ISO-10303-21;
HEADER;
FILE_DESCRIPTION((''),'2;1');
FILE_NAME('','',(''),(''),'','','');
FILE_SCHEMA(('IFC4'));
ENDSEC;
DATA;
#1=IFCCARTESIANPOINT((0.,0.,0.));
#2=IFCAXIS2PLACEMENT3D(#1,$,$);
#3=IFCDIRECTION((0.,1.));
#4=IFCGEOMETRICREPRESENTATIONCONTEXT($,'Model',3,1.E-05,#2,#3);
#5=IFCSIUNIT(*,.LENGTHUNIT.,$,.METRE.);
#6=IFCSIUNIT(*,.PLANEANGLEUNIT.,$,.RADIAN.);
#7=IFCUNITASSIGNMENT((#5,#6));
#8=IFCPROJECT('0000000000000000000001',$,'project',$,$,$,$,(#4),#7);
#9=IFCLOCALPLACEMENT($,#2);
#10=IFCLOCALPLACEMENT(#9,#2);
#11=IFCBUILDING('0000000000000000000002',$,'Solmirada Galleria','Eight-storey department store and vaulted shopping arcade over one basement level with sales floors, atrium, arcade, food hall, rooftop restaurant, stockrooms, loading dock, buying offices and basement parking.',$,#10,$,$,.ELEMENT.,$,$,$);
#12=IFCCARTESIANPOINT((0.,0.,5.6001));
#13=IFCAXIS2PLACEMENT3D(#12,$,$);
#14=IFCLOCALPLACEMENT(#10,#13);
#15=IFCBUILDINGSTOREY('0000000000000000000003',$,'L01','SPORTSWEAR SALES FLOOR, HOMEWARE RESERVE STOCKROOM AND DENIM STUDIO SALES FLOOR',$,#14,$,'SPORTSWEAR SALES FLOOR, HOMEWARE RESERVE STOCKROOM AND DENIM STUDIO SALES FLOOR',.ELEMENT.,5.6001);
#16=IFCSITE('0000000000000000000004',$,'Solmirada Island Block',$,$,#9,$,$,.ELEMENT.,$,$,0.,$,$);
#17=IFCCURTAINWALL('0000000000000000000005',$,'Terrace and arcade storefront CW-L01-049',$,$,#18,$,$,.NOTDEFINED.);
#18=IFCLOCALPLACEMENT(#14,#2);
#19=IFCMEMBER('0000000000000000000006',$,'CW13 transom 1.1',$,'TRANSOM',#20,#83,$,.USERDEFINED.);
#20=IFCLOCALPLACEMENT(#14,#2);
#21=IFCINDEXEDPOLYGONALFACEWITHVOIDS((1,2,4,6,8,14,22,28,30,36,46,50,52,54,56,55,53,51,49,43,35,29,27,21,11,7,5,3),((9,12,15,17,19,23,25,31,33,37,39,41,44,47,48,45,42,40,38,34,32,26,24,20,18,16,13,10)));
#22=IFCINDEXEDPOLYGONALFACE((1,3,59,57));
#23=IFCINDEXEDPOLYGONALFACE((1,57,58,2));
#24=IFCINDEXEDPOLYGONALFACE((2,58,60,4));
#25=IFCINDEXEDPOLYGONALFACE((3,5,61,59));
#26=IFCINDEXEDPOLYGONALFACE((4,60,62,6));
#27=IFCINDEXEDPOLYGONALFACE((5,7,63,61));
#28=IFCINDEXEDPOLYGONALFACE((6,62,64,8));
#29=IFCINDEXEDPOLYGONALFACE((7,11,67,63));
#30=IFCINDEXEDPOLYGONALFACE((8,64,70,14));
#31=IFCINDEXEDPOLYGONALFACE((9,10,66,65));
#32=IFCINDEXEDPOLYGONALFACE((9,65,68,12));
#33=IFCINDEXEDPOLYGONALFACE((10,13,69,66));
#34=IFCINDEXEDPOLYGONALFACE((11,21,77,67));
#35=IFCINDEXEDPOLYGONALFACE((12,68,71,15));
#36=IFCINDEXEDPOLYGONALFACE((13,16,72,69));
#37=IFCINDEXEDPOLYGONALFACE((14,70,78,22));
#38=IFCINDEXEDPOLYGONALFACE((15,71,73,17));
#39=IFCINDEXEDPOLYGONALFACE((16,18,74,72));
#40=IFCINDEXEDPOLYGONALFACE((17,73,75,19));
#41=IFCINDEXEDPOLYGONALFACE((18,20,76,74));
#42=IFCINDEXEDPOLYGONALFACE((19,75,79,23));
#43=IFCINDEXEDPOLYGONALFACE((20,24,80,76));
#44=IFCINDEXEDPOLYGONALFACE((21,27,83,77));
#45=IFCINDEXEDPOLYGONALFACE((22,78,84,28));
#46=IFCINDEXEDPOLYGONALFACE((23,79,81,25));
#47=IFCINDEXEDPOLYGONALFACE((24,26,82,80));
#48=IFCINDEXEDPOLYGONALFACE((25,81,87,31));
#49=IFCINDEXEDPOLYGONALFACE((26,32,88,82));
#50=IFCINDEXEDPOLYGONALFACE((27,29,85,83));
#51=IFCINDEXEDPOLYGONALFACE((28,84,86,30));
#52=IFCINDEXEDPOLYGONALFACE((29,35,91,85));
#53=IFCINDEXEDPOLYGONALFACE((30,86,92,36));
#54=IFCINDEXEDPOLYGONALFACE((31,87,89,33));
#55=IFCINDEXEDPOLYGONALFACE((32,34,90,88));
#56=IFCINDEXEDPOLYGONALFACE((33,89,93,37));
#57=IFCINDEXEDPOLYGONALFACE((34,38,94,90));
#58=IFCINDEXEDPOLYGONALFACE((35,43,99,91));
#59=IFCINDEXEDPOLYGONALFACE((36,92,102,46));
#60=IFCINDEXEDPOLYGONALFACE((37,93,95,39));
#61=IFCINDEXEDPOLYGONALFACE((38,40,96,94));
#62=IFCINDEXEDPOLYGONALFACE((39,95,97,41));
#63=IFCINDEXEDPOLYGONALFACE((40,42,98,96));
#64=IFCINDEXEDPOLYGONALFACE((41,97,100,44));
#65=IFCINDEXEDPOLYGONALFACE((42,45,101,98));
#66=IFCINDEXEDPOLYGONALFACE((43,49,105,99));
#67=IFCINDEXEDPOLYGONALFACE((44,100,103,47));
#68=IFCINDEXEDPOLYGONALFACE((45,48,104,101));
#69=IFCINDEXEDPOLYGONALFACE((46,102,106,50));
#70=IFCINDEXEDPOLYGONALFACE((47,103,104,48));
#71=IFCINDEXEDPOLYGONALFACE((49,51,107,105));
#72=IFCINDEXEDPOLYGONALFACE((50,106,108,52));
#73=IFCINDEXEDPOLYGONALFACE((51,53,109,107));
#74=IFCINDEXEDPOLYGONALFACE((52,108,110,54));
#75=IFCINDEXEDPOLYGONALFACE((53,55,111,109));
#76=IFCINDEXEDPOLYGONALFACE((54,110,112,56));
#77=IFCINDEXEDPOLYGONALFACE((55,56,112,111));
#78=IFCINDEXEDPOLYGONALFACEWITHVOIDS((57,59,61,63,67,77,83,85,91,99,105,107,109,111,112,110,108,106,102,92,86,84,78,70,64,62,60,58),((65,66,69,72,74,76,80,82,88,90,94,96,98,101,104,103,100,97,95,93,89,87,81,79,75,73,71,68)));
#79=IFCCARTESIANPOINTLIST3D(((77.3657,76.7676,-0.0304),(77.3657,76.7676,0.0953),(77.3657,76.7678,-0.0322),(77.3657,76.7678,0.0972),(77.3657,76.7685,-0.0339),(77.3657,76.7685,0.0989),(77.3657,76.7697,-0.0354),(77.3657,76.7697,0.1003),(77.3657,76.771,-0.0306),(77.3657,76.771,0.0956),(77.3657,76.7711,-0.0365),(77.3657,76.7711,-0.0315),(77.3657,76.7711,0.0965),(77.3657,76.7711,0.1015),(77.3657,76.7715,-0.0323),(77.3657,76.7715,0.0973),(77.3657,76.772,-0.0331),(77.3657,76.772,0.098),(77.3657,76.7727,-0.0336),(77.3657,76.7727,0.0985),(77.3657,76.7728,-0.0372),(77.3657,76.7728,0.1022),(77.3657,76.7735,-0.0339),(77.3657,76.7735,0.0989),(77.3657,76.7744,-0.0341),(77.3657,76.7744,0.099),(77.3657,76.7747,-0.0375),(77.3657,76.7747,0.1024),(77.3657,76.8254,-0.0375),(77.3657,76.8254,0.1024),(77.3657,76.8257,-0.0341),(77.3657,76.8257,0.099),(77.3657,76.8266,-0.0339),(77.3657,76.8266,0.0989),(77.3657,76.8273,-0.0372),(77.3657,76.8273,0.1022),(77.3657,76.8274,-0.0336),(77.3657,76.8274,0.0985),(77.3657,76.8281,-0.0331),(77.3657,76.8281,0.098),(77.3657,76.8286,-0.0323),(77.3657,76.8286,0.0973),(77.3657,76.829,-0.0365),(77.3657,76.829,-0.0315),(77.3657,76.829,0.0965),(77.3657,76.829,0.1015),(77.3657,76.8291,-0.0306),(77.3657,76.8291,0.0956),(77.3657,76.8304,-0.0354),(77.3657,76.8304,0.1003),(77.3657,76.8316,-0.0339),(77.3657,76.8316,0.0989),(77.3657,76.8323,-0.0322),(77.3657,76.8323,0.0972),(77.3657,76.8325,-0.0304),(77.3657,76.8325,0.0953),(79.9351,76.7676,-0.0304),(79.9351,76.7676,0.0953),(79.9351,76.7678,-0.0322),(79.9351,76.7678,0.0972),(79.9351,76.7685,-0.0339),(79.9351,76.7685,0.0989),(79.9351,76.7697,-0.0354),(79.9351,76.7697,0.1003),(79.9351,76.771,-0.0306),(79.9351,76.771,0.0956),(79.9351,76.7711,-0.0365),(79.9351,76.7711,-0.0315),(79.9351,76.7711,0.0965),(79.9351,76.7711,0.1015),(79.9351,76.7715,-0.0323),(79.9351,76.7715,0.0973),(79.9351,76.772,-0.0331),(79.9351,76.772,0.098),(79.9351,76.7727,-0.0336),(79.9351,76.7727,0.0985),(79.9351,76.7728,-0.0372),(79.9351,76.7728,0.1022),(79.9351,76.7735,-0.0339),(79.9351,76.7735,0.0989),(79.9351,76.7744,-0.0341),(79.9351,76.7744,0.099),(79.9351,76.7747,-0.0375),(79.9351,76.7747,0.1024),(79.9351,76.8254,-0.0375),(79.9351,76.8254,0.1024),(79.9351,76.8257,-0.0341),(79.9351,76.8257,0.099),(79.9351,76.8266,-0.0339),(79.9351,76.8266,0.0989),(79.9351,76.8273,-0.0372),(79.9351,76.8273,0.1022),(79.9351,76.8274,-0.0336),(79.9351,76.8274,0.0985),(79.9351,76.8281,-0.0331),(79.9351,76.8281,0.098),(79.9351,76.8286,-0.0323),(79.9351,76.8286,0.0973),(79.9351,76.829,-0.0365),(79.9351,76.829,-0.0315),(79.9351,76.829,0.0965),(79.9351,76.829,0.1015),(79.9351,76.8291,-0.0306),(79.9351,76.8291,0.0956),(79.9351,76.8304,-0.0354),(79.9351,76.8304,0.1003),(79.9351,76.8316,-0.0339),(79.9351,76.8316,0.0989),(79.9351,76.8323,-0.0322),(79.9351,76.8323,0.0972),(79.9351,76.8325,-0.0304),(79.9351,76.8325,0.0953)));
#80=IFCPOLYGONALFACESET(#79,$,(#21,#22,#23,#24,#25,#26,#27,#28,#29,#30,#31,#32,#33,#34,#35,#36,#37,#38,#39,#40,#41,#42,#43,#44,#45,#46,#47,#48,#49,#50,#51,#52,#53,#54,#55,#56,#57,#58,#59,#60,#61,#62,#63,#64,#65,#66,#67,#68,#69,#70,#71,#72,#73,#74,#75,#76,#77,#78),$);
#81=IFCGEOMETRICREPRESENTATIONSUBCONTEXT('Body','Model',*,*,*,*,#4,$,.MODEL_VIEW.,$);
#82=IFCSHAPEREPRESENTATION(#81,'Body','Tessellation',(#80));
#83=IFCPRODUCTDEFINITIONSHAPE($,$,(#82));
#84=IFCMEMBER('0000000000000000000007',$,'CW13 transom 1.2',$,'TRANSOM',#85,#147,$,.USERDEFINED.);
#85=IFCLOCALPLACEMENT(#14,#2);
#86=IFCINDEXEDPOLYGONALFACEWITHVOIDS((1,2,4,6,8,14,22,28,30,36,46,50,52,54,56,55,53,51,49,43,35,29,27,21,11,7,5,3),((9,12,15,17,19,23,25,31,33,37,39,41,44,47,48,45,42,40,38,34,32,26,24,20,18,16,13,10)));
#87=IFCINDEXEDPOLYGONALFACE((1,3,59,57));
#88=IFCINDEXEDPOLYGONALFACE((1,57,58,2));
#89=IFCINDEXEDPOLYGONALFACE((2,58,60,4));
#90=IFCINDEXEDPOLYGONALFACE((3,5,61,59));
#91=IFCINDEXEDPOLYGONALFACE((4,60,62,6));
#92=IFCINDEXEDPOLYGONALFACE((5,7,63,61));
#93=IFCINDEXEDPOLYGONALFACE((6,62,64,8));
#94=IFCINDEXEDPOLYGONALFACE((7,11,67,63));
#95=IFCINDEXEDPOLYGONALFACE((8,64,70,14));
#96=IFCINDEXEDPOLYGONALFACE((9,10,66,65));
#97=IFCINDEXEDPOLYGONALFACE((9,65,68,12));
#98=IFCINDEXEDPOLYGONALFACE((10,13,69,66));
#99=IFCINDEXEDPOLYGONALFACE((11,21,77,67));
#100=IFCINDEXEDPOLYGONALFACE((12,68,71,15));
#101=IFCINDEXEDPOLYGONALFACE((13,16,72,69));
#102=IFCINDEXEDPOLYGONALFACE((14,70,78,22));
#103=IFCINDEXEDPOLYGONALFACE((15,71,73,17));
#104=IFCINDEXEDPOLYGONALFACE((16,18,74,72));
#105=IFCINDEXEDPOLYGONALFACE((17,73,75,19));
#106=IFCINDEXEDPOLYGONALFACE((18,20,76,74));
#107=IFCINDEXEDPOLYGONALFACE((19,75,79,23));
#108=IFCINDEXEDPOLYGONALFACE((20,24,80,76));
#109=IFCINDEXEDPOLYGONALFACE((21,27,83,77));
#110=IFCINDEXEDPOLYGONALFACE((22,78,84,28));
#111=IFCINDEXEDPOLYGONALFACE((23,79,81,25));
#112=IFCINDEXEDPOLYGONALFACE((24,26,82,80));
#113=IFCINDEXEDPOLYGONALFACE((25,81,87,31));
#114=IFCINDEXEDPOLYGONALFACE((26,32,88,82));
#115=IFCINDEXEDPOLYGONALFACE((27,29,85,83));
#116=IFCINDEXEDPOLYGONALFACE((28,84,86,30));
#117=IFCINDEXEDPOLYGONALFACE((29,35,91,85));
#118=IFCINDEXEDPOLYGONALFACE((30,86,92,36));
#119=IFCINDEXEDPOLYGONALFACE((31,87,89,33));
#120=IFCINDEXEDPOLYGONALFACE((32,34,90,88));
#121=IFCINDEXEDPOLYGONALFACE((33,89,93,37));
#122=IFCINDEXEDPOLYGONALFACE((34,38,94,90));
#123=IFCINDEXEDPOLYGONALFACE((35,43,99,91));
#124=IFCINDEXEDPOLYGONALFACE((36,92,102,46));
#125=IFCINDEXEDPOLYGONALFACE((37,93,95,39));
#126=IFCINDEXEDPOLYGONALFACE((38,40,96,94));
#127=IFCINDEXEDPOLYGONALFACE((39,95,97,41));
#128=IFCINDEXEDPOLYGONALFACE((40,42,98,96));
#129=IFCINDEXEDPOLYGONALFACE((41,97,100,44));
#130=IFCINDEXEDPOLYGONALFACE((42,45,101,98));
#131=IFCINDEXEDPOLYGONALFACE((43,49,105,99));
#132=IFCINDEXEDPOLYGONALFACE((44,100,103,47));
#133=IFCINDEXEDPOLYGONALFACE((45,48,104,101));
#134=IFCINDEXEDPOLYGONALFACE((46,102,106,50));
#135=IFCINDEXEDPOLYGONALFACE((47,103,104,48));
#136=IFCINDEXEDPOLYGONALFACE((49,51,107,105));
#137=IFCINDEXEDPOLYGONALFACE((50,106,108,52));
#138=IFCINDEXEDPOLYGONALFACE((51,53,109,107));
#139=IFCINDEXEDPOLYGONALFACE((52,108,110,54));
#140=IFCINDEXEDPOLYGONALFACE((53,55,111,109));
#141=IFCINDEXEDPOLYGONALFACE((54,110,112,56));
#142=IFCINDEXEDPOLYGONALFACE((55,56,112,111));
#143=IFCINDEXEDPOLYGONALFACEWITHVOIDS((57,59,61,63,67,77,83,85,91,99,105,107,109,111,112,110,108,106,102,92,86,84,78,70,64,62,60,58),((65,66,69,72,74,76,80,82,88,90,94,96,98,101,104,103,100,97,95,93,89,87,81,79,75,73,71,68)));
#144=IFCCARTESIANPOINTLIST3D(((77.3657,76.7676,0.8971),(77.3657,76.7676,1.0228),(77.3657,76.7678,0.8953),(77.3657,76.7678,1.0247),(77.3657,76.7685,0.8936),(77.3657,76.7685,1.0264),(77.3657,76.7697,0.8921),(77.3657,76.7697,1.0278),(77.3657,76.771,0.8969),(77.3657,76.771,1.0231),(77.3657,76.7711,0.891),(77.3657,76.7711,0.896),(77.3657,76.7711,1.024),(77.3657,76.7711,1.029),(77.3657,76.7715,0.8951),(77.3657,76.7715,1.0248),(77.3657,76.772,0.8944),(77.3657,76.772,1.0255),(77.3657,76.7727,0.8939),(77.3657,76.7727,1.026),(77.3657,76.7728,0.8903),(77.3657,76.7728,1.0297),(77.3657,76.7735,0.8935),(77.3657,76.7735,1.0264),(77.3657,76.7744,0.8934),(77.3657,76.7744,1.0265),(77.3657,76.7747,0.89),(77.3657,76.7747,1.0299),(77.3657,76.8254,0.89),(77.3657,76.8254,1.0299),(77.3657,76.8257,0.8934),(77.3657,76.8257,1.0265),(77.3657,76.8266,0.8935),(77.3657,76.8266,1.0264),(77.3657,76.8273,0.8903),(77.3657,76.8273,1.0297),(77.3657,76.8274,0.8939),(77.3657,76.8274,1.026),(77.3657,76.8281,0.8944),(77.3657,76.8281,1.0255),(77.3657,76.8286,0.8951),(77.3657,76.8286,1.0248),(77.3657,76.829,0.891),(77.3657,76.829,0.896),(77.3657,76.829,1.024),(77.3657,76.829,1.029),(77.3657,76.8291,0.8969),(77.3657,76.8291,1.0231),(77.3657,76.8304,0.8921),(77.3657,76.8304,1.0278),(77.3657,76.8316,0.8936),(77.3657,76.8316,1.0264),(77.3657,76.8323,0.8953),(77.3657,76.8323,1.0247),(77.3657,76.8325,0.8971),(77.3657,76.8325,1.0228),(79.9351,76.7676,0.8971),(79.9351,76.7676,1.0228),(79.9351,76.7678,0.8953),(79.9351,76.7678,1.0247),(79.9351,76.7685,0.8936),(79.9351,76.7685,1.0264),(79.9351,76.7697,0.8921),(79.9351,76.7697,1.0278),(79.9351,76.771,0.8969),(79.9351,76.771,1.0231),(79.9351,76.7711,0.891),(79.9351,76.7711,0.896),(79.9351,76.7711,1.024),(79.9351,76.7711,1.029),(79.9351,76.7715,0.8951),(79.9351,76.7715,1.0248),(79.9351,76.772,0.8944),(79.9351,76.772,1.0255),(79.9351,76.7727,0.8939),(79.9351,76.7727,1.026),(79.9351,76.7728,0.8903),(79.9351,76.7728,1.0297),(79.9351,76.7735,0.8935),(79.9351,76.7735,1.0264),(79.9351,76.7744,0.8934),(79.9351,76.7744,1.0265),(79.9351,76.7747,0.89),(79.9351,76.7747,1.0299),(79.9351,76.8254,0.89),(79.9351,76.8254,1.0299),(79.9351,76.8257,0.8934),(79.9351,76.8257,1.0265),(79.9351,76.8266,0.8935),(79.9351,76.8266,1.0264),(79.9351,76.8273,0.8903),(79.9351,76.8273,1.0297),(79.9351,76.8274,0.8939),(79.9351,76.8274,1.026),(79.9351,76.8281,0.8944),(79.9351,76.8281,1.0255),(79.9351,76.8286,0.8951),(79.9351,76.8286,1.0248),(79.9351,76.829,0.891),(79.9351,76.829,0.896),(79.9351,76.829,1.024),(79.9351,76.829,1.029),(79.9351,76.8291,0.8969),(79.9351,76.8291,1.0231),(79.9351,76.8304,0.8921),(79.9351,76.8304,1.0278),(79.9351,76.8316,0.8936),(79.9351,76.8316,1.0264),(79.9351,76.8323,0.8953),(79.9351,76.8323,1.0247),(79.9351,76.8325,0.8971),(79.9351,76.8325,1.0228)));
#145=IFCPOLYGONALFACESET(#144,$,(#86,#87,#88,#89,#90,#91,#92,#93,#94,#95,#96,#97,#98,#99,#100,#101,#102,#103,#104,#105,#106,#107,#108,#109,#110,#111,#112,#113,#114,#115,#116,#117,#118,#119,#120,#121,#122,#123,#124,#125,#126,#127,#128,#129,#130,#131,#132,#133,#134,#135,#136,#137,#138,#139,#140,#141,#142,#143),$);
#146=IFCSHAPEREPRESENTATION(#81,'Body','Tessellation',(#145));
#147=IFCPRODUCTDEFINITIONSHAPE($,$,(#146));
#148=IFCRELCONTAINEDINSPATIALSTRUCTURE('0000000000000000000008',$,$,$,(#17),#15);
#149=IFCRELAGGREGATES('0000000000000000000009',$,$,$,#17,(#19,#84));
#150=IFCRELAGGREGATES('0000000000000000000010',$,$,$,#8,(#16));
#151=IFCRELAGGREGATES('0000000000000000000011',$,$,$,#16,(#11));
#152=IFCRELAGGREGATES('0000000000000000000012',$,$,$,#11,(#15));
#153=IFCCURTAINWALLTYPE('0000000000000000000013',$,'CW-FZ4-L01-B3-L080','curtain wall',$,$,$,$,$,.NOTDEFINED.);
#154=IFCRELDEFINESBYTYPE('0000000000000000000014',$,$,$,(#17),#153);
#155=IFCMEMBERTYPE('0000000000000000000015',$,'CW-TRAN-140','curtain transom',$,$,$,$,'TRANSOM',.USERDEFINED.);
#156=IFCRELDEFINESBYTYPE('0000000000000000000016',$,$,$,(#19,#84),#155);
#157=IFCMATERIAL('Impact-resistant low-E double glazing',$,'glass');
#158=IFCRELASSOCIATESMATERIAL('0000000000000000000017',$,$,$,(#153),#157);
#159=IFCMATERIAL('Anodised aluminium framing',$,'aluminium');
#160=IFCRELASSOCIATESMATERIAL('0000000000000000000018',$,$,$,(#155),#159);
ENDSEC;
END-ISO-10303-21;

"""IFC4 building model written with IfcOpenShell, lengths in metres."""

from ifc_helpers import new_model, si_unit, direction, frame, origin, origin_2d, place, context, subcontext, project, spatial, hollow_rectangle, extrude, material, material_profile, profile_set, type_object, element, aggregate, save


model = new_model("IFC4")

# Units and contexts
model_context = context("Model", 3, precision=1e-05, world=origin(), true_north=direction((0.0, 1.0)))
body_context = subcontext(model_context, "Body", "Model", "MODEL_VIEW")
ifc_project = project(units=[si_unit("LENGTHUNIT", "METRE"), si_unit("PLANEANGLEUNIT", "RADIAN")], contexts=[model_context])

# Site, building, storey
site_placement = place(None, origin())
site = spatial("IfcSite", under=ifc_project, at=site_placement, Name="Solmirada Island Block", CompositionType="ELEMENT", RefElevation=0.0)
building_placement = place(site_placement, origin())
building = spatial("IfcBuilding", under=site, at=building_placement, Name="Solmirada Galleria", Description="Eight-storey department store and vaulted shopping arcade over one basement level with sales floors, atrium, arcade, food hall, rooftop restaurant, stockrooms, loading dock, buying offices and basement parking.", CompositionType="ELEMENT")
storey_placement = place(building_placement, frame((0.0, 0.0, 5.6001)))
storey = spatial("IfcBuildingStorey", under=building, at=storey_placement, Name="L01", Description="SPORTSWEAR SALES FLOOR, HOMEWARE RESERVE STOCKROOM AND DENIM STUDIO SALES FLOOR", LongName="SPORTSWEAR SALES FLOOR, HOMEWARE RESERVE STOCKROOM AND DENIM STUDIO SALES FLOOR", CompositionType="ELEMENT", Elevation=5.6001)

# Shared definitions
ifc_material_1 = material(Name="Impact-resistant low-E double glazing", Category="glass")
ifc_material_2 = material(Name="Anodised aluminium framing", Category="aluminium")

# Shared definitions
curtain_wall_type_1 = type_object("IfcCurtainWallType", Name="CW-FZ4-L01-B3-L080", Description="curtain wall", PredefinedType="NOTDEFINED", material=ifc_material_1)

# Curtain wall
curtain_wall_1_placement = place(storey_placement, origin())
curtain_wall_1 = element("IfcCurtainWall", 1, at=curtain_wall_1_placement, inside=storey, type_object=curtain_wall_type_1, Name="Terrace and arcade storefront CW-L01-049", PredefinedType="NOTDEFINED")

# Members
ifc_material_profile_1 = material_profile(ifc_material_2, hollow_rectangle(XDim=0.0649, YDim=0.1399, WallThickness=0.0034, InnerFilletRadius=0.0034, OuterFilletRadius=0.0071, at=origin_2d()), Name="ALU-TRAN-140X65")
ifc_profile_set_1 = profile_set([ifc_material_profile_1], Name="Anodised aluminium framing")
member_type_1 = type_object("IfcMemberType", Name="CW-TRAN-140", Description="curtain transom", ElementType="TRANSOM", PredefinedType="USERDEFINED", material=ifc_profile_set_1)
member_1_placement = place(storey_placement, frame((79.9351, 76.8, 0.0325), z_axis=(-1.0, 0.0, 0.0), x_axis=(0.0, -1.0, 0.0)))
member_1 = element("IfcMember", 2, at=member_1_placement, type_object=member_type_1, Name="CW13 transom 1.1", ObjectType="TRANSOM", PredefinedType="USERDEFINED", context=body_context, shape_type="SweptSolid", body=[
    extrude(hollow_rectangle(XDim=0.0649, YDim=0.1399, WallThickness=0.0034, InnerFilletRadius=0.0034, OuterFilletRadius=0.0071, at=origin_2d()), origin(), (0.0, 0.0, 1.0), 2.5693),
])
member_2_placement = place(storey_placement, frame((79.9351, 76.8, 0.96), z_axis=(-1.0, 0.0, 0.0), x_axis=(0.0, -1.0, 0.0)))
member_2 = element("IfcMember", 3, at=member_2_placement, type_object=member_type_1, Name="CW13 transom 1.2", ObjectType="TRANSOM", PredefinedType="USERDEFINED", context=body_context, shape_type="SweptSolid", body=[
    extrude(hollow_rectangle(XDim=0.0649, YDim=0.1399, WallThickness=0.0034, InnerFilletRadius=0.0034, OuterFilletRadius=0.0071, at=origin_2d()), origin(), (0.0, 0.0, 1.0), 2.5693),
])

aggregate(curtain_wall_1, [member_1, member_2])

save(model, "model.ifc")
